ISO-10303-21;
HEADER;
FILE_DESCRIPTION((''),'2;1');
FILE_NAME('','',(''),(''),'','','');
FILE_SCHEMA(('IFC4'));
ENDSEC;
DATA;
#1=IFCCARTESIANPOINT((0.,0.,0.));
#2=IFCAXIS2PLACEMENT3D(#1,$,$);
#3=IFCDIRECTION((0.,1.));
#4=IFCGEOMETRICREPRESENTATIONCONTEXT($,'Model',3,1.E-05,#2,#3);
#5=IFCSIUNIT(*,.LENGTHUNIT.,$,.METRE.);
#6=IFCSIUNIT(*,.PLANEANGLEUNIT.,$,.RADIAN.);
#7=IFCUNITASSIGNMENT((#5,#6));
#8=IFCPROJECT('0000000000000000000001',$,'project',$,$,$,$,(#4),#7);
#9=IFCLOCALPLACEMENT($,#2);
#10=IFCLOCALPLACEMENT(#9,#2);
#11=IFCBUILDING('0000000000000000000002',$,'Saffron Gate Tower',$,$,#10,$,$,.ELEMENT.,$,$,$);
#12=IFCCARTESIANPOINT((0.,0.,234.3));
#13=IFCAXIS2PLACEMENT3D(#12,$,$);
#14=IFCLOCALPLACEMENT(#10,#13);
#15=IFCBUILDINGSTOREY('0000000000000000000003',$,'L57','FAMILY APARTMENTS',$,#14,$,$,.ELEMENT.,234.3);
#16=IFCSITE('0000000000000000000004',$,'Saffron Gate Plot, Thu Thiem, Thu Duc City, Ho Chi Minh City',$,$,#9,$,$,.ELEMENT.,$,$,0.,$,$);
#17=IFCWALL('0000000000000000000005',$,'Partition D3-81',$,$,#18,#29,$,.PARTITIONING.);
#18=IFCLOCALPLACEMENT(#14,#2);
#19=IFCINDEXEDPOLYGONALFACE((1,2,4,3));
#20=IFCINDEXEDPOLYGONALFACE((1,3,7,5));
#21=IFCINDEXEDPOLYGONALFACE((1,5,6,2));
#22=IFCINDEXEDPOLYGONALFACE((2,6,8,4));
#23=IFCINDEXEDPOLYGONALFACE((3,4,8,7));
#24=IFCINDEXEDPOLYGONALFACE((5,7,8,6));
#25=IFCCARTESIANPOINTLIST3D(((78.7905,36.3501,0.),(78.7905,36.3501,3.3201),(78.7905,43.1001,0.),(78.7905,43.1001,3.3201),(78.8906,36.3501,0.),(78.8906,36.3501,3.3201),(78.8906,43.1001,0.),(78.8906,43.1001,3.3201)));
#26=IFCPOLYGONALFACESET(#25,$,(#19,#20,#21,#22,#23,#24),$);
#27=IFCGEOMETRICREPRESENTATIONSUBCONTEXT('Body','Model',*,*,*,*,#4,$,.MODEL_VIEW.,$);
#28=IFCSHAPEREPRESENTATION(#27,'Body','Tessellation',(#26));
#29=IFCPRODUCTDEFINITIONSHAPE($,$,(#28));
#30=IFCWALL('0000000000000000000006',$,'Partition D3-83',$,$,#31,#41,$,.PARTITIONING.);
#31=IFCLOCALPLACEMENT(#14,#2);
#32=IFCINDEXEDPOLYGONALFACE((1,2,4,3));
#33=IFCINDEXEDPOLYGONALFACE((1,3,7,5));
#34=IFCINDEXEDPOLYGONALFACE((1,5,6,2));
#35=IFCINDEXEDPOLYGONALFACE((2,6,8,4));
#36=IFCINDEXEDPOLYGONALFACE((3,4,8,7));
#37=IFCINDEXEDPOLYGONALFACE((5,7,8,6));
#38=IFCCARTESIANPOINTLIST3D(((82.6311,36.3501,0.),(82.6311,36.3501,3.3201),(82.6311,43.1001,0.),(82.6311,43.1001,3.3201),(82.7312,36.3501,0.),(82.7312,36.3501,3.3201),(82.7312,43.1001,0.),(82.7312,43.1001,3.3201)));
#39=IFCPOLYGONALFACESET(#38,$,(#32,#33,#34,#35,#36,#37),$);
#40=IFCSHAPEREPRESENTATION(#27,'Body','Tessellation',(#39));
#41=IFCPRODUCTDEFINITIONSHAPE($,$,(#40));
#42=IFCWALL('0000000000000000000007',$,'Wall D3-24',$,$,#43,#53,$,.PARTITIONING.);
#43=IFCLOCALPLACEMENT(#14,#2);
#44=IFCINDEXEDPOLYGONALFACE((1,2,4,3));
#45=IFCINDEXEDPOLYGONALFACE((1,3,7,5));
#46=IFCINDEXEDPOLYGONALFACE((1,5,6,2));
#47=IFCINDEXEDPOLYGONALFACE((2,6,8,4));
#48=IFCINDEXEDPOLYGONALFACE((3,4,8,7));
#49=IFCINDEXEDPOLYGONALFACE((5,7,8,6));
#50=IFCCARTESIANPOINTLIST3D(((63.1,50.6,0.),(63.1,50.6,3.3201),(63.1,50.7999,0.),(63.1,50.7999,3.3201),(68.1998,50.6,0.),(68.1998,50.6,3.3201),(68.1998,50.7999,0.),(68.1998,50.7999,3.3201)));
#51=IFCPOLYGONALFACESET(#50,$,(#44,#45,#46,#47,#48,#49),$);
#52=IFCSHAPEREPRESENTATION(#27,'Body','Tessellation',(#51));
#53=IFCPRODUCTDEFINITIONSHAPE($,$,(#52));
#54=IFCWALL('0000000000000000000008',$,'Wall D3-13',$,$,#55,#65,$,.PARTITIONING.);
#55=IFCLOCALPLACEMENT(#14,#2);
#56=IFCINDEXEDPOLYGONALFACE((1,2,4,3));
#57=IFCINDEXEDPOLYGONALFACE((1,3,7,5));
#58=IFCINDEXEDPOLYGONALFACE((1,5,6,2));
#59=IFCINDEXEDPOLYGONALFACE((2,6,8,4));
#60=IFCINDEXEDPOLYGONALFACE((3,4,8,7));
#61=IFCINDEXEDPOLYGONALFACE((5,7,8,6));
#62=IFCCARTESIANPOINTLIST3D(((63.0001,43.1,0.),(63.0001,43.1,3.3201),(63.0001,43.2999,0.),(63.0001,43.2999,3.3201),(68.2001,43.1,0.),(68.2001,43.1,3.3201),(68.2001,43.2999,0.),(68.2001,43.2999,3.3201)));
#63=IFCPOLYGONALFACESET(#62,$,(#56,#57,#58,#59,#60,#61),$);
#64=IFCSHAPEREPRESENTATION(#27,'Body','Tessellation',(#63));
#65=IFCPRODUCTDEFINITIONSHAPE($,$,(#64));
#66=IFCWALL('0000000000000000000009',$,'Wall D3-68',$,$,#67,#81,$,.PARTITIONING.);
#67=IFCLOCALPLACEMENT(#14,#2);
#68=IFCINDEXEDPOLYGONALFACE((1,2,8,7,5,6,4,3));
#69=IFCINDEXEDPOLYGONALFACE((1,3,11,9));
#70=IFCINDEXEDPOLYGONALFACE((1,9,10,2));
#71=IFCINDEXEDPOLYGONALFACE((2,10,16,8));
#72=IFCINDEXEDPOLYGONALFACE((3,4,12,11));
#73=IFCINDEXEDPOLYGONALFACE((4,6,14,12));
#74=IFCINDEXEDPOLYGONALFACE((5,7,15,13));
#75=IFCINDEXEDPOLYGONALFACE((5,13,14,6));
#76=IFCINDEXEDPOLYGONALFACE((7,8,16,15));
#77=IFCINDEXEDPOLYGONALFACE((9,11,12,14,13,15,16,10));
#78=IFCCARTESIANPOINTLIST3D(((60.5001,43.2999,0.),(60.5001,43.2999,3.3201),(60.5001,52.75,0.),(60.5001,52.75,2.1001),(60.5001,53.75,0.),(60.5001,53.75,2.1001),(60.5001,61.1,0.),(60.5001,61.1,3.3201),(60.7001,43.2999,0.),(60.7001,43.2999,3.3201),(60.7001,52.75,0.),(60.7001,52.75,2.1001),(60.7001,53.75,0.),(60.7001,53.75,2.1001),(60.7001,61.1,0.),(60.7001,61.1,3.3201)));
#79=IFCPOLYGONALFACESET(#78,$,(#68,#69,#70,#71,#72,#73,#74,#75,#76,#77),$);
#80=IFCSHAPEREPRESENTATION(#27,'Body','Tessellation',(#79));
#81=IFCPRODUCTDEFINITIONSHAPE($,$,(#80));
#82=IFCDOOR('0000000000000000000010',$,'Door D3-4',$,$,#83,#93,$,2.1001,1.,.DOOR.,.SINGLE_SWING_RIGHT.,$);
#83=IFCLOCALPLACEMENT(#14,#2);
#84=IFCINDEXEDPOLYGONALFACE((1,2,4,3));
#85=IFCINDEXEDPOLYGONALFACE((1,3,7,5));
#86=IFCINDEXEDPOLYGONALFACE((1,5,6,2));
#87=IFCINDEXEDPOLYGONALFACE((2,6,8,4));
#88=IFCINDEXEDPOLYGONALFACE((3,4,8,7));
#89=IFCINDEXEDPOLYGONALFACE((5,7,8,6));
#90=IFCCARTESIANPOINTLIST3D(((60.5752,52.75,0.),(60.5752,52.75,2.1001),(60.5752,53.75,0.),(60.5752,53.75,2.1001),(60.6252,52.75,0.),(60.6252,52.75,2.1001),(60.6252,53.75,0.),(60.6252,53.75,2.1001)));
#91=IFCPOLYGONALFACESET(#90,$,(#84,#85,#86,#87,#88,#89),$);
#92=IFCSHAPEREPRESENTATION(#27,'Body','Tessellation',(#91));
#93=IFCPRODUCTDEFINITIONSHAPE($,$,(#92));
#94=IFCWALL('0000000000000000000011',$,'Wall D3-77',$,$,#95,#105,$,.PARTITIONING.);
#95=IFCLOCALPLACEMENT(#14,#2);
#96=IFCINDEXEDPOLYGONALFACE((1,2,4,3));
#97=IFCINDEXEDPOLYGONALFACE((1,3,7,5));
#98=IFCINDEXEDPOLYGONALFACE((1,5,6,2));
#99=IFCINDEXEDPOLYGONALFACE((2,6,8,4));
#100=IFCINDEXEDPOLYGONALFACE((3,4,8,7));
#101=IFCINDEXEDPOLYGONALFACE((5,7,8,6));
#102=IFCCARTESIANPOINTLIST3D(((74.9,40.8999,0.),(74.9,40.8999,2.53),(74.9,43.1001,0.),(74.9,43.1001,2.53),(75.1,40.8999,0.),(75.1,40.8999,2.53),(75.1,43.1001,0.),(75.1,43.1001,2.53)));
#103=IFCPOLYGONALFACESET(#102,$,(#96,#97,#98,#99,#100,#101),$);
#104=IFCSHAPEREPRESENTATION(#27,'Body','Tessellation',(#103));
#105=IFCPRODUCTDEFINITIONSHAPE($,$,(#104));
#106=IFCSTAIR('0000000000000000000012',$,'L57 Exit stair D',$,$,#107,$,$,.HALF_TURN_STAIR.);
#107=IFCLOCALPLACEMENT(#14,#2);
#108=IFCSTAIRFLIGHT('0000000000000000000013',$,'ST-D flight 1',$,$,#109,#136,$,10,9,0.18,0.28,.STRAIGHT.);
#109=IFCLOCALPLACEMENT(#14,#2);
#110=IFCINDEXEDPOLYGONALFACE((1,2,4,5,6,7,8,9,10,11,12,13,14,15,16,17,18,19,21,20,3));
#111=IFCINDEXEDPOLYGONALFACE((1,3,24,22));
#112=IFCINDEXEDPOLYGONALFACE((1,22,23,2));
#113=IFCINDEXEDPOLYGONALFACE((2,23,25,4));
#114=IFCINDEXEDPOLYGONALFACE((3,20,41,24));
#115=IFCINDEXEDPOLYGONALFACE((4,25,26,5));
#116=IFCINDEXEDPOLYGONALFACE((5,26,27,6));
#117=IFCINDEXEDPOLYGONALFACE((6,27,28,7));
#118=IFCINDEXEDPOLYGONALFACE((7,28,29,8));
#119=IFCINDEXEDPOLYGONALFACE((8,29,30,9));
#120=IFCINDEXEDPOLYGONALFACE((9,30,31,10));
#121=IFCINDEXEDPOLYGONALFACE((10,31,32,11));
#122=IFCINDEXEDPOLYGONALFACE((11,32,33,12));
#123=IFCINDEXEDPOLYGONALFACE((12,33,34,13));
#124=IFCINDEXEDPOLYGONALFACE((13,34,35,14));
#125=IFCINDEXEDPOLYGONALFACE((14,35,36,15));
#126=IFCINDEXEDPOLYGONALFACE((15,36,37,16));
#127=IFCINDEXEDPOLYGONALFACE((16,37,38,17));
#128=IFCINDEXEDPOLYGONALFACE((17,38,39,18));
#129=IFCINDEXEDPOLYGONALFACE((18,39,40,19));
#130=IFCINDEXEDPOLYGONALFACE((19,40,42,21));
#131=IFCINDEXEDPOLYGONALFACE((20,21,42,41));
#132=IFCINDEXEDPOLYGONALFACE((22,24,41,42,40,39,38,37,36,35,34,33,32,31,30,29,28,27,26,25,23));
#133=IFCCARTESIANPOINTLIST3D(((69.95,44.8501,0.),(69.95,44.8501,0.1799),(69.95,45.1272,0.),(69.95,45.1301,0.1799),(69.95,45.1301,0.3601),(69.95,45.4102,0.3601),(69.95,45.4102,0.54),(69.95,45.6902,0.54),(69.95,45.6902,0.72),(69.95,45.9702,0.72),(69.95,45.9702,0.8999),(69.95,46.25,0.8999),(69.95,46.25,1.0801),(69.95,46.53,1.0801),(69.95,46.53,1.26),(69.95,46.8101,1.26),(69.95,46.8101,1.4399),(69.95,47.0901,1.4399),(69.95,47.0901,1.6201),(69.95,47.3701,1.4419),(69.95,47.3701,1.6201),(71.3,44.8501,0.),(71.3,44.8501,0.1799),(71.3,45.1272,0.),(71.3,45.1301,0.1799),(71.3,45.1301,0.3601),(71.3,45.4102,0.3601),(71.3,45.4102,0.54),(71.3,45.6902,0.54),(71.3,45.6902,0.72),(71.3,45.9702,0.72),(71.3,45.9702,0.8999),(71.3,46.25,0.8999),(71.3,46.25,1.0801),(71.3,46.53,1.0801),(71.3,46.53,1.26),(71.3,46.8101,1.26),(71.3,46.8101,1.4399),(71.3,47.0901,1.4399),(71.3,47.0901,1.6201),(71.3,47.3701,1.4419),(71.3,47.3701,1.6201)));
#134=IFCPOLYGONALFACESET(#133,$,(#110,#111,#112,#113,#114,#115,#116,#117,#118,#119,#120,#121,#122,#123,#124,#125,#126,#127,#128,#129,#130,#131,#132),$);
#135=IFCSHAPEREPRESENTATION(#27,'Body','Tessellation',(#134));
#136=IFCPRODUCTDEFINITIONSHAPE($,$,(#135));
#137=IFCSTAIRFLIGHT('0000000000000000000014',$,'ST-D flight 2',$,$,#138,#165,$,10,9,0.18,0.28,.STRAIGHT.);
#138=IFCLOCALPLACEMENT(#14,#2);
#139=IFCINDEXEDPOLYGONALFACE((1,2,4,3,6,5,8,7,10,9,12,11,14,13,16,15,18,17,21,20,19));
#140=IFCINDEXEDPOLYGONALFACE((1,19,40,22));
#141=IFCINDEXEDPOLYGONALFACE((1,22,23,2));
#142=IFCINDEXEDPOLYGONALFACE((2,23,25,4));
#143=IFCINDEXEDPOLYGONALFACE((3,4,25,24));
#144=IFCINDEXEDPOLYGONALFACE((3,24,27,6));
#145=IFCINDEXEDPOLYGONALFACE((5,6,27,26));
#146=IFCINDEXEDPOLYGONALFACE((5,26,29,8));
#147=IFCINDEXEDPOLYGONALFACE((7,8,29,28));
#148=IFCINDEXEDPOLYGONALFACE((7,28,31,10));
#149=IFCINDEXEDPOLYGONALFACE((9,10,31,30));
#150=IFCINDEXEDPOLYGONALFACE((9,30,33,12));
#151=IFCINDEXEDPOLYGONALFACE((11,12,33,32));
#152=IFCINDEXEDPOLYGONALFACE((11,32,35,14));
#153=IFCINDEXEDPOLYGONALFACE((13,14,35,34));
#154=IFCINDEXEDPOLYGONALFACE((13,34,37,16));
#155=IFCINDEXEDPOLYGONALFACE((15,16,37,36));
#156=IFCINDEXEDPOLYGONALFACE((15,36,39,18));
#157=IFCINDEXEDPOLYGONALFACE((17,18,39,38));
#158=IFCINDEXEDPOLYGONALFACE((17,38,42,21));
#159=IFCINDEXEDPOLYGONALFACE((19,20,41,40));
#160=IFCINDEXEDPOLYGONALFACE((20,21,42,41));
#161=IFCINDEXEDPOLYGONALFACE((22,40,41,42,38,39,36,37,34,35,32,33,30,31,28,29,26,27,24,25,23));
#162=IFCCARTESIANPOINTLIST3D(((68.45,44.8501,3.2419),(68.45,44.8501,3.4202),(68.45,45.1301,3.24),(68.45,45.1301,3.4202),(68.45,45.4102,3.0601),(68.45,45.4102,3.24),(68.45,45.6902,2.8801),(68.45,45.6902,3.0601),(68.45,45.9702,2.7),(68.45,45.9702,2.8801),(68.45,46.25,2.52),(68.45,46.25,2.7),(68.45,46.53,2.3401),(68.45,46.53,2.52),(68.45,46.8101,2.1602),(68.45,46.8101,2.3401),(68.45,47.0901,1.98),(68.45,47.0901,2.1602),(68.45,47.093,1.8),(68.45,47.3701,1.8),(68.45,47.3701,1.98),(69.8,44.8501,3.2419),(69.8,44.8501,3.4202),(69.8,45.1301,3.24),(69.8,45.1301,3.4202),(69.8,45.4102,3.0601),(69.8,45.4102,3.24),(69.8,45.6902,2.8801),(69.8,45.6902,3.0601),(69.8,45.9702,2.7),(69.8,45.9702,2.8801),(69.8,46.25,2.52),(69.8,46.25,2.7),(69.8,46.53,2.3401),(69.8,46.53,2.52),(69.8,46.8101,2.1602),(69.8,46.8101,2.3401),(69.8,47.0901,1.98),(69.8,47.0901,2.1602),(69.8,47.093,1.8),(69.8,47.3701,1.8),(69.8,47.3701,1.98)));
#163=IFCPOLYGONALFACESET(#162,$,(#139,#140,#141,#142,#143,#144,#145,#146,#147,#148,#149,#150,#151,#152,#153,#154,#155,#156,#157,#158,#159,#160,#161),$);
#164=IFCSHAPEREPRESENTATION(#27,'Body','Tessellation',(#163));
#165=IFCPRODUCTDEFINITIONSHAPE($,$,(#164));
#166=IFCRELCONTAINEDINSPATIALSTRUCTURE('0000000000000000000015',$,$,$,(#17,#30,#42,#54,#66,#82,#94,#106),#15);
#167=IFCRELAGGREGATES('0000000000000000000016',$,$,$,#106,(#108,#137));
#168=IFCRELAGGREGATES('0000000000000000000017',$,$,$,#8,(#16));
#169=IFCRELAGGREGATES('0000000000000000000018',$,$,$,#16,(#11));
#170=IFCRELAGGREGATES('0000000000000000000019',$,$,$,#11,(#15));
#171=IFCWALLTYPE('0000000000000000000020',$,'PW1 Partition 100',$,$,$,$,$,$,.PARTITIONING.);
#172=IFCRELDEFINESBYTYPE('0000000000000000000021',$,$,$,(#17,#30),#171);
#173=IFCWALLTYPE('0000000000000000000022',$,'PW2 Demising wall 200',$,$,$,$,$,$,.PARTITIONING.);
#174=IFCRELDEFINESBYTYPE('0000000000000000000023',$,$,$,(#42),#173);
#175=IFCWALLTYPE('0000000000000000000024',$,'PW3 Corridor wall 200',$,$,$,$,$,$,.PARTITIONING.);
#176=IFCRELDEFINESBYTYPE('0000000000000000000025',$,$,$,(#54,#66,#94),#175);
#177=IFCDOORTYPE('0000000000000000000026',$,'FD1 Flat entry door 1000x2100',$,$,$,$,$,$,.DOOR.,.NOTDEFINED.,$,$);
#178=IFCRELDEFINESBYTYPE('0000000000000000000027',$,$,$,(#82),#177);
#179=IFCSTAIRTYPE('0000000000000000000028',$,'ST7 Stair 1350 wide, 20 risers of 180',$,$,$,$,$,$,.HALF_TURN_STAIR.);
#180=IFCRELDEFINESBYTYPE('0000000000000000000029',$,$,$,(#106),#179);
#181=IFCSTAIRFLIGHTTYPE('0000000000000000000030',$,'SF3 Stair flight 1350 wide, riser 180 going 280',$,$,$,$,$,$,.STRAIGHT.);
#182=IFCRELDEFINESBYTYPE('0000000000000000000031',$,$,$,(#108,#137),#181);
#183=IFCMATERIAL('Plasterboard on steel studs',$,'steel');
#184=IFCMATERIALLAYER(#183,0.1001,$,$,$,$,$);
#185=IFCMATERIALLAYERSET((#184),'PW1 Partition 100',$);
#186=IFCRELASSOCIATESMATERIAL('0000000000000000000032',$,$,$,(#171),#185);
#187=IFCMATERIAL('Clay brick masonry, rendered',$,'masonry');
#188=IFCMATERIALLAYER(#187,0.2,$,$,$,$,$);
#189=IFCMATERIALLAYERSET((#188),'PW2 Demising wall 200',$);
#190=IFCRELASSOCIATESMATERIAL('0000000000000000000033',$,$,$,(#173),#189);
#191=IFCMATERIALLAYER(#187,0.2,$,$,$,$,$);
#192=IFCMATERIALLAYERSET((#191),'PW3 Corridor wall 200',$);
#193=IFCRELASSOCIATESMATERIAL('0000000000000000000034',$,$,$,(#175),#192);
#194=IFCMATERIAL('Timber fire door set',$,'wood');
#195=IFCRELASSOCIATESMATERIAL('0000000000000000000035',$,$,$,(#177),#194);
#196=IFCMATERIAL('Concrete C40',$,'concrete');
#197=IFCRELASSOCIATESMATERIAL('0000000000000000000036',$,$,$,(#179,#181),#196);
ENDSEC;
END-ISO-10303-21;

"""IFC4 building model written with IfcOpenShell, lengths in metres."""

from ifc_helpers import new_model, si_unit, direction, frame, frame_2d, origin, place, context, subcontext, project, spatial, polyline, rectangle, outline, extrude, material, layer, layer_set, type_object, element, fill, aggregate, save


model = new_model("IFC4")

# Units and contexts
model_context = context("Model", 3, precision=1e-05, world=origin(), true_north=direction((0.0, 1.0)))
body_context = subcontext(model_context, "Body", "Model", "MODEL_VIEW")
ifc_project = project(units=[si_unit("LENGTHUNIT", "METRE"), si_unit("PLANEANGLEUNIT", "RADIAN")], contexts=[model_context])

# Site, building, storey
site_placement = place(None, origin())
site = spatial("IfcSite", under=ifc_project, at=site_placement, Name="Saffron Gate Plot, Thu Thiem, Thu Duc City, Ho Chi Minh City", CompositionType="ELEMENT", RefElevation=0.0)
building_placement = place(site_placement, origin())
building = spatial("IfcBuilding", under=site, at=building_placement, Name="Saffron Gate Tower", CompositionType="ELEMENT")
storey_placement = place(building_placement, frame((0.0, 0.0, 234.3)))
storey = spatial("IfcBuildingStorey", under=building, at=storey_placement, Name="L57", Description="FAMILY APARTMENTS", CompositionType="ELEMENT", Elevation=234.3)

# Shared definitions
ifc_material_1 = material(Name="Plasterboard on steel studs", Category="steel")
ifc_layer_1 = layer(ifc_material_1, 0.1001)
ifc_layer_set_1 = layer_set([ifc_layer_1], Name="PW1 Partition 100")
wall_type_1 = type_object("IfcWallType", Name="PW1 Partition 100", PredefinedType="PARTITIONING", material=ifc_layer_set_1)

# Walls
for number, where, z_axis, x_axis, name in (
    (1, (78.8406, 43.1001, 0.0), (0.0, 0.0, 1.0), (0.0, -1.0, 0.0), "Partition D3-81"),
    (2, (82.6812, 43.1001, 0.0), (0.0, 0.0, 1.0), (0.0, -1.0, 0.0), "Partition D3-83"),
):
    element("IfcWall", number, at=place(storey_placement, frame(where, z_axis=z_axis, x_axis=x_axis)), inside=storey, type_object=wall_type_1, Name=name, PredefinedType="PARTITIONING", context=body_context, shape_type="SweptSolid", body=[
        extrude(rectangle(XDim=6.75, YDim=0.1001, at=frame_2d((3.375, 0.0))), origin(), (0.0, 0.0, 1.0), 3.3201),
    ])
ifc_material_2 = material(Name="Clay brick masonry, rendered", Category="masonry")
ifc_layer_2 = layer(ifc_material_2, 0.2)
ifc_layer_set_2 = layer_set([ifc_layer_2], Name="PW2 Demising wall 200")
wall_type_2 = type_object("IfcWallType", Name="PW2 Demising wall 200", PredefinedType="PARTITIONING", material=ifc_layer_set_2)
wall_1_placement = place(storey_placement, frame((63.1001, 50.7, 0.0), z_axis=(0.0, 0.0, 1.0), x_axis=(1.0, 0.0, 0.0)))
element("IfcWall", 3, at=wall_1_placement, inside=storey, type_object=wall_type_2, Name="Wall D3-24", PredefinedType="PARTITIONING", context=body_context, shape_type="SweptSolid", body=[
    extrude(rectangle(XDim=5.0999, YDim=0.2, at=frame_2d((2.5498, 0.0))), origin(), (0.0, 0.0, 1.0), 3.3201),
])
ifc_layer_3 = layer(ifc_material_2, 0.2)
ifc_layer_set_3 = layer_set([ifc_layer_3], Name="PW3 Corridor wall 200")
wall_type_3 = type_object("IfcWallType", Name="PW3 Corridor wall 200", PredefinedType="PARTITIONING", material=ifc_layer_set_3)
wall_2_placement = place(storey_placement, frame((63.0, 43.2, 0.0), z_axis=(0.0, 0.0, 1.0), x_axis=(1.0, 0.0, 0.0)))
element("IfcWall", 4, at=wall_2_placement, inside=storey, type_object=wall_type_3, Name="Wall D3-13", PredefinedType="PARTITIONING", context=body_context, shape_type="SweptSolid", body=[
    extrude(rectangle(XDim=5.2, YDim=0.2, at=frame_2d((2.6001, 0.0))), origin(), (0.0, 0.0, 1.0), 3.3201),
])

# Wall, opening, door
wall_3_placement = place(storey_placement, frame((60.6001, 43.3, 0.0), z_axis=(0.0, 0.0, 1.0), x_axis=(0.0, 1.0, 0.0)))
wall_3 = element("IfcWall", 5, at=wall_3_placement, inside=storey, type_object=wall_type_3, Name="Wall D3-68", PredefinedType="PARTITIONING", context=body_context, shape_type="SweptSolid", body=[
    extrude(rectangle(XDim=17.8, YDim=0.2, at=frame_2d((8.8999, 0.0))), origin(), (0.0, 0.0, 1.0), 3.3201),
])
opening_1_placement = place(wall_3_placement, frame((9.45, 0.0, 0.0)))
opening_1 = element("IfcOpeningElement", 6, at=opening_1_placement, cuts=wall_3, PredefinedType="OPENING", context=body_context, shape_type="SweptSolid", body=[
    extrude(rectangle(XDim=1.0, YDim=2.1001, at=frame_2d((0.5, 1.05))), frame((0.0, 0.1099, 0.0), z_axis=(0.0, -1.0, 0.0), x_axis=(1.0, 0.0, 0.0)), (0.0, 0.0, 1.0), 0.22),
])
ifc_material_3 = material(Name="Timber fire door set", Category="wood")
door_type_1 = type_object("IfcDoorType", Name="FD1 Flat entry door 1000x2100", OperationType="NOTDEFINED", PredefinedType="DOOR", material=ifc_material_3)
door_1_placement = place(opening_1_placement, origin())
door_1 = element("IfcDoor", 7, at=door_1_placement, inside=storey, type_object=door_type_1, Name="Door D3-4", OperationType="SINGLE_SWING_RIGHT", OverallHeight=2.1001, OverallWidth=1.0, PredefinedType="DOOR", context=body_context, shape_type="SweptSolid", body=[
    extrude(rectangle(XDim=1.0, YDim=2.1001, at=frame_2d((0.5, 1.05))), frame((0.0, 0.0249, 0.0), z_axis=(0.0, -1.0, 0.0), x_axis=(1.0, 0.0, 0.0)), (0.0, 0.0, 1.0), 0.05),
])
fill(opening_1, door_1)

# Wall
wall_4_placement = place(storey_placement, frame((75.0, 43.1001, 0.0), z_axis=(0.0, 0.0, 1.0), x_axis=(0.0, -1.0, 0.0)))
element("IfcWall", 8, at=wall_4_placement, inside=storey, type_object=wall_type_3, Name="Wall D3-77", PredefinedType="PARTITIONING", context=body_context, shape_type="SweptSolid", body=[
    extrude(rectangle(XDim=2.2002, YDim=0.2, at=frame_2d((1.1001, 0.0))), origin(), (0.0, 0.0, 1.0), 2.53),
])

# Stair, stair flights
ifc_material_4 = material(Name="Concrete C40", Category="concrete")
stair_type = type_object("IfcStairType", Name="ST7 Stair 1350 wide, 20 risers of 180", PredefinedType="HALF_TURN_STAIR", material=ifc_material_4)
stair_placement = place(storey_placement, origin())
stair = element("IfcStair", 9, at=stair_placement, inside=storey, type_object=stair_type, Name="L57 Exit stair D", PredefinedType="HALF_TURN_STAIR")
stair_flight_type = type_object("IfcStairFlightType", Name="SF3 Stair flight 1350 wide, riser 180 going 280", PredefinedType="STRAIGHT", material=ifc_material_4)
stair_flight_1_placement = place(storey_placement, frame((70.625, 44.8501, 0.0), z_axis=(0.0, 0.0, 1.0), x_axis=(0.0, 1.0, 0.0)))
stair_flight_1 = element("IfcStairFlight", 10, at=stair_flight_1_placement, type_object=stair_flight_type, Name="ST-D flight 1", NumberOfRisers=10, NumberOfTreads=9, PredefinedType="STRAIGHT", RiserHeight=0.18, TreadLength=0.28, context=body_context, shape_type="SweptSolid", body=[
    extrude(outline(polyline([(0.0, 0.0), (0.0, 0.1799), (0.28, 0.1799), (0.28, 0.3601), (0.5601, 0.3601), (0.5601, 0.54), (0.8401, 0.54), (0.8401, 0.72), (1.1201, 0.72), (1.1201, 0.8999), (1.3999, 0.8999), (1.3999, 1.0801), (1.6799, 1.0801), (1.6799, 1.26), (1.96, 1.26), (1.96, 1.4399), (2.24, 1.4399), (2.24, 1.6201), (2.52, 1.6201), (2.52, 1.8), (2.52, 1.4419), (0.2771, 0.0), (0.0, 0.0)])), frame((0.0, 0.675, 0.0), z_axis=(0.0, -1.0, 0.0), x_axis=(1.0, 0.0, 0.0)), (0.0, 0.0, 1.0), 1.3501),
])
stair_flight_2_placement = place(storey_placement, frame((69.125, 47.3701, 1.8), z_axis=(0.0, 0.0, 1.0), x_axis=(0.0, -1.0, 0.0)))
stair_flight_2 = element("IfcStairFlight", 11, at=stair_flight_2_placement, type_object=stair_flight_type, Name="ST-D flight 2", NumberOfRisers=10, NumberOfTreads=9, PredefinedType="STRAIGHT", RiserHeight=0.18, TreadLength=0.28, context=body_context, shape_type="SweptSolid", body=[
    extrude(outline(polyline([(0.0, 0.0), (0.0, 0.1799), (0.28, 0.1799), (0.28, 0.3601), (0.5601, 0.3601), (0.5601, 0.54), (0.8401, 0.54), (0.8401, 0.72), (1.1201, 0.72), (1.1201, 0.8999), (1.3999, 0.8999), (1.3999, 1.0801), (1.6799, 1.0801), (1.6799, 1.26), (1.96, 1.26), (1.96, 1.4399), (2.24, 1.4399), (2.24, 1.6201), (2.52, 1.6201), (2.52, 1.8), (2.52, 1.4419), (0.2771, 0.0), (0.0, 0.0)])), frame((0.0, 0.675, 0.0), z_axis=(0.0, -1.0, 0.0), x_axis=(1.0, 0.0, 0.0)), (0.0, 0.0, 1.0), 1.3501),
])
aggregate(stair, [stair_flight_1, stair_flight_2])

save(model, "model.ifc")
